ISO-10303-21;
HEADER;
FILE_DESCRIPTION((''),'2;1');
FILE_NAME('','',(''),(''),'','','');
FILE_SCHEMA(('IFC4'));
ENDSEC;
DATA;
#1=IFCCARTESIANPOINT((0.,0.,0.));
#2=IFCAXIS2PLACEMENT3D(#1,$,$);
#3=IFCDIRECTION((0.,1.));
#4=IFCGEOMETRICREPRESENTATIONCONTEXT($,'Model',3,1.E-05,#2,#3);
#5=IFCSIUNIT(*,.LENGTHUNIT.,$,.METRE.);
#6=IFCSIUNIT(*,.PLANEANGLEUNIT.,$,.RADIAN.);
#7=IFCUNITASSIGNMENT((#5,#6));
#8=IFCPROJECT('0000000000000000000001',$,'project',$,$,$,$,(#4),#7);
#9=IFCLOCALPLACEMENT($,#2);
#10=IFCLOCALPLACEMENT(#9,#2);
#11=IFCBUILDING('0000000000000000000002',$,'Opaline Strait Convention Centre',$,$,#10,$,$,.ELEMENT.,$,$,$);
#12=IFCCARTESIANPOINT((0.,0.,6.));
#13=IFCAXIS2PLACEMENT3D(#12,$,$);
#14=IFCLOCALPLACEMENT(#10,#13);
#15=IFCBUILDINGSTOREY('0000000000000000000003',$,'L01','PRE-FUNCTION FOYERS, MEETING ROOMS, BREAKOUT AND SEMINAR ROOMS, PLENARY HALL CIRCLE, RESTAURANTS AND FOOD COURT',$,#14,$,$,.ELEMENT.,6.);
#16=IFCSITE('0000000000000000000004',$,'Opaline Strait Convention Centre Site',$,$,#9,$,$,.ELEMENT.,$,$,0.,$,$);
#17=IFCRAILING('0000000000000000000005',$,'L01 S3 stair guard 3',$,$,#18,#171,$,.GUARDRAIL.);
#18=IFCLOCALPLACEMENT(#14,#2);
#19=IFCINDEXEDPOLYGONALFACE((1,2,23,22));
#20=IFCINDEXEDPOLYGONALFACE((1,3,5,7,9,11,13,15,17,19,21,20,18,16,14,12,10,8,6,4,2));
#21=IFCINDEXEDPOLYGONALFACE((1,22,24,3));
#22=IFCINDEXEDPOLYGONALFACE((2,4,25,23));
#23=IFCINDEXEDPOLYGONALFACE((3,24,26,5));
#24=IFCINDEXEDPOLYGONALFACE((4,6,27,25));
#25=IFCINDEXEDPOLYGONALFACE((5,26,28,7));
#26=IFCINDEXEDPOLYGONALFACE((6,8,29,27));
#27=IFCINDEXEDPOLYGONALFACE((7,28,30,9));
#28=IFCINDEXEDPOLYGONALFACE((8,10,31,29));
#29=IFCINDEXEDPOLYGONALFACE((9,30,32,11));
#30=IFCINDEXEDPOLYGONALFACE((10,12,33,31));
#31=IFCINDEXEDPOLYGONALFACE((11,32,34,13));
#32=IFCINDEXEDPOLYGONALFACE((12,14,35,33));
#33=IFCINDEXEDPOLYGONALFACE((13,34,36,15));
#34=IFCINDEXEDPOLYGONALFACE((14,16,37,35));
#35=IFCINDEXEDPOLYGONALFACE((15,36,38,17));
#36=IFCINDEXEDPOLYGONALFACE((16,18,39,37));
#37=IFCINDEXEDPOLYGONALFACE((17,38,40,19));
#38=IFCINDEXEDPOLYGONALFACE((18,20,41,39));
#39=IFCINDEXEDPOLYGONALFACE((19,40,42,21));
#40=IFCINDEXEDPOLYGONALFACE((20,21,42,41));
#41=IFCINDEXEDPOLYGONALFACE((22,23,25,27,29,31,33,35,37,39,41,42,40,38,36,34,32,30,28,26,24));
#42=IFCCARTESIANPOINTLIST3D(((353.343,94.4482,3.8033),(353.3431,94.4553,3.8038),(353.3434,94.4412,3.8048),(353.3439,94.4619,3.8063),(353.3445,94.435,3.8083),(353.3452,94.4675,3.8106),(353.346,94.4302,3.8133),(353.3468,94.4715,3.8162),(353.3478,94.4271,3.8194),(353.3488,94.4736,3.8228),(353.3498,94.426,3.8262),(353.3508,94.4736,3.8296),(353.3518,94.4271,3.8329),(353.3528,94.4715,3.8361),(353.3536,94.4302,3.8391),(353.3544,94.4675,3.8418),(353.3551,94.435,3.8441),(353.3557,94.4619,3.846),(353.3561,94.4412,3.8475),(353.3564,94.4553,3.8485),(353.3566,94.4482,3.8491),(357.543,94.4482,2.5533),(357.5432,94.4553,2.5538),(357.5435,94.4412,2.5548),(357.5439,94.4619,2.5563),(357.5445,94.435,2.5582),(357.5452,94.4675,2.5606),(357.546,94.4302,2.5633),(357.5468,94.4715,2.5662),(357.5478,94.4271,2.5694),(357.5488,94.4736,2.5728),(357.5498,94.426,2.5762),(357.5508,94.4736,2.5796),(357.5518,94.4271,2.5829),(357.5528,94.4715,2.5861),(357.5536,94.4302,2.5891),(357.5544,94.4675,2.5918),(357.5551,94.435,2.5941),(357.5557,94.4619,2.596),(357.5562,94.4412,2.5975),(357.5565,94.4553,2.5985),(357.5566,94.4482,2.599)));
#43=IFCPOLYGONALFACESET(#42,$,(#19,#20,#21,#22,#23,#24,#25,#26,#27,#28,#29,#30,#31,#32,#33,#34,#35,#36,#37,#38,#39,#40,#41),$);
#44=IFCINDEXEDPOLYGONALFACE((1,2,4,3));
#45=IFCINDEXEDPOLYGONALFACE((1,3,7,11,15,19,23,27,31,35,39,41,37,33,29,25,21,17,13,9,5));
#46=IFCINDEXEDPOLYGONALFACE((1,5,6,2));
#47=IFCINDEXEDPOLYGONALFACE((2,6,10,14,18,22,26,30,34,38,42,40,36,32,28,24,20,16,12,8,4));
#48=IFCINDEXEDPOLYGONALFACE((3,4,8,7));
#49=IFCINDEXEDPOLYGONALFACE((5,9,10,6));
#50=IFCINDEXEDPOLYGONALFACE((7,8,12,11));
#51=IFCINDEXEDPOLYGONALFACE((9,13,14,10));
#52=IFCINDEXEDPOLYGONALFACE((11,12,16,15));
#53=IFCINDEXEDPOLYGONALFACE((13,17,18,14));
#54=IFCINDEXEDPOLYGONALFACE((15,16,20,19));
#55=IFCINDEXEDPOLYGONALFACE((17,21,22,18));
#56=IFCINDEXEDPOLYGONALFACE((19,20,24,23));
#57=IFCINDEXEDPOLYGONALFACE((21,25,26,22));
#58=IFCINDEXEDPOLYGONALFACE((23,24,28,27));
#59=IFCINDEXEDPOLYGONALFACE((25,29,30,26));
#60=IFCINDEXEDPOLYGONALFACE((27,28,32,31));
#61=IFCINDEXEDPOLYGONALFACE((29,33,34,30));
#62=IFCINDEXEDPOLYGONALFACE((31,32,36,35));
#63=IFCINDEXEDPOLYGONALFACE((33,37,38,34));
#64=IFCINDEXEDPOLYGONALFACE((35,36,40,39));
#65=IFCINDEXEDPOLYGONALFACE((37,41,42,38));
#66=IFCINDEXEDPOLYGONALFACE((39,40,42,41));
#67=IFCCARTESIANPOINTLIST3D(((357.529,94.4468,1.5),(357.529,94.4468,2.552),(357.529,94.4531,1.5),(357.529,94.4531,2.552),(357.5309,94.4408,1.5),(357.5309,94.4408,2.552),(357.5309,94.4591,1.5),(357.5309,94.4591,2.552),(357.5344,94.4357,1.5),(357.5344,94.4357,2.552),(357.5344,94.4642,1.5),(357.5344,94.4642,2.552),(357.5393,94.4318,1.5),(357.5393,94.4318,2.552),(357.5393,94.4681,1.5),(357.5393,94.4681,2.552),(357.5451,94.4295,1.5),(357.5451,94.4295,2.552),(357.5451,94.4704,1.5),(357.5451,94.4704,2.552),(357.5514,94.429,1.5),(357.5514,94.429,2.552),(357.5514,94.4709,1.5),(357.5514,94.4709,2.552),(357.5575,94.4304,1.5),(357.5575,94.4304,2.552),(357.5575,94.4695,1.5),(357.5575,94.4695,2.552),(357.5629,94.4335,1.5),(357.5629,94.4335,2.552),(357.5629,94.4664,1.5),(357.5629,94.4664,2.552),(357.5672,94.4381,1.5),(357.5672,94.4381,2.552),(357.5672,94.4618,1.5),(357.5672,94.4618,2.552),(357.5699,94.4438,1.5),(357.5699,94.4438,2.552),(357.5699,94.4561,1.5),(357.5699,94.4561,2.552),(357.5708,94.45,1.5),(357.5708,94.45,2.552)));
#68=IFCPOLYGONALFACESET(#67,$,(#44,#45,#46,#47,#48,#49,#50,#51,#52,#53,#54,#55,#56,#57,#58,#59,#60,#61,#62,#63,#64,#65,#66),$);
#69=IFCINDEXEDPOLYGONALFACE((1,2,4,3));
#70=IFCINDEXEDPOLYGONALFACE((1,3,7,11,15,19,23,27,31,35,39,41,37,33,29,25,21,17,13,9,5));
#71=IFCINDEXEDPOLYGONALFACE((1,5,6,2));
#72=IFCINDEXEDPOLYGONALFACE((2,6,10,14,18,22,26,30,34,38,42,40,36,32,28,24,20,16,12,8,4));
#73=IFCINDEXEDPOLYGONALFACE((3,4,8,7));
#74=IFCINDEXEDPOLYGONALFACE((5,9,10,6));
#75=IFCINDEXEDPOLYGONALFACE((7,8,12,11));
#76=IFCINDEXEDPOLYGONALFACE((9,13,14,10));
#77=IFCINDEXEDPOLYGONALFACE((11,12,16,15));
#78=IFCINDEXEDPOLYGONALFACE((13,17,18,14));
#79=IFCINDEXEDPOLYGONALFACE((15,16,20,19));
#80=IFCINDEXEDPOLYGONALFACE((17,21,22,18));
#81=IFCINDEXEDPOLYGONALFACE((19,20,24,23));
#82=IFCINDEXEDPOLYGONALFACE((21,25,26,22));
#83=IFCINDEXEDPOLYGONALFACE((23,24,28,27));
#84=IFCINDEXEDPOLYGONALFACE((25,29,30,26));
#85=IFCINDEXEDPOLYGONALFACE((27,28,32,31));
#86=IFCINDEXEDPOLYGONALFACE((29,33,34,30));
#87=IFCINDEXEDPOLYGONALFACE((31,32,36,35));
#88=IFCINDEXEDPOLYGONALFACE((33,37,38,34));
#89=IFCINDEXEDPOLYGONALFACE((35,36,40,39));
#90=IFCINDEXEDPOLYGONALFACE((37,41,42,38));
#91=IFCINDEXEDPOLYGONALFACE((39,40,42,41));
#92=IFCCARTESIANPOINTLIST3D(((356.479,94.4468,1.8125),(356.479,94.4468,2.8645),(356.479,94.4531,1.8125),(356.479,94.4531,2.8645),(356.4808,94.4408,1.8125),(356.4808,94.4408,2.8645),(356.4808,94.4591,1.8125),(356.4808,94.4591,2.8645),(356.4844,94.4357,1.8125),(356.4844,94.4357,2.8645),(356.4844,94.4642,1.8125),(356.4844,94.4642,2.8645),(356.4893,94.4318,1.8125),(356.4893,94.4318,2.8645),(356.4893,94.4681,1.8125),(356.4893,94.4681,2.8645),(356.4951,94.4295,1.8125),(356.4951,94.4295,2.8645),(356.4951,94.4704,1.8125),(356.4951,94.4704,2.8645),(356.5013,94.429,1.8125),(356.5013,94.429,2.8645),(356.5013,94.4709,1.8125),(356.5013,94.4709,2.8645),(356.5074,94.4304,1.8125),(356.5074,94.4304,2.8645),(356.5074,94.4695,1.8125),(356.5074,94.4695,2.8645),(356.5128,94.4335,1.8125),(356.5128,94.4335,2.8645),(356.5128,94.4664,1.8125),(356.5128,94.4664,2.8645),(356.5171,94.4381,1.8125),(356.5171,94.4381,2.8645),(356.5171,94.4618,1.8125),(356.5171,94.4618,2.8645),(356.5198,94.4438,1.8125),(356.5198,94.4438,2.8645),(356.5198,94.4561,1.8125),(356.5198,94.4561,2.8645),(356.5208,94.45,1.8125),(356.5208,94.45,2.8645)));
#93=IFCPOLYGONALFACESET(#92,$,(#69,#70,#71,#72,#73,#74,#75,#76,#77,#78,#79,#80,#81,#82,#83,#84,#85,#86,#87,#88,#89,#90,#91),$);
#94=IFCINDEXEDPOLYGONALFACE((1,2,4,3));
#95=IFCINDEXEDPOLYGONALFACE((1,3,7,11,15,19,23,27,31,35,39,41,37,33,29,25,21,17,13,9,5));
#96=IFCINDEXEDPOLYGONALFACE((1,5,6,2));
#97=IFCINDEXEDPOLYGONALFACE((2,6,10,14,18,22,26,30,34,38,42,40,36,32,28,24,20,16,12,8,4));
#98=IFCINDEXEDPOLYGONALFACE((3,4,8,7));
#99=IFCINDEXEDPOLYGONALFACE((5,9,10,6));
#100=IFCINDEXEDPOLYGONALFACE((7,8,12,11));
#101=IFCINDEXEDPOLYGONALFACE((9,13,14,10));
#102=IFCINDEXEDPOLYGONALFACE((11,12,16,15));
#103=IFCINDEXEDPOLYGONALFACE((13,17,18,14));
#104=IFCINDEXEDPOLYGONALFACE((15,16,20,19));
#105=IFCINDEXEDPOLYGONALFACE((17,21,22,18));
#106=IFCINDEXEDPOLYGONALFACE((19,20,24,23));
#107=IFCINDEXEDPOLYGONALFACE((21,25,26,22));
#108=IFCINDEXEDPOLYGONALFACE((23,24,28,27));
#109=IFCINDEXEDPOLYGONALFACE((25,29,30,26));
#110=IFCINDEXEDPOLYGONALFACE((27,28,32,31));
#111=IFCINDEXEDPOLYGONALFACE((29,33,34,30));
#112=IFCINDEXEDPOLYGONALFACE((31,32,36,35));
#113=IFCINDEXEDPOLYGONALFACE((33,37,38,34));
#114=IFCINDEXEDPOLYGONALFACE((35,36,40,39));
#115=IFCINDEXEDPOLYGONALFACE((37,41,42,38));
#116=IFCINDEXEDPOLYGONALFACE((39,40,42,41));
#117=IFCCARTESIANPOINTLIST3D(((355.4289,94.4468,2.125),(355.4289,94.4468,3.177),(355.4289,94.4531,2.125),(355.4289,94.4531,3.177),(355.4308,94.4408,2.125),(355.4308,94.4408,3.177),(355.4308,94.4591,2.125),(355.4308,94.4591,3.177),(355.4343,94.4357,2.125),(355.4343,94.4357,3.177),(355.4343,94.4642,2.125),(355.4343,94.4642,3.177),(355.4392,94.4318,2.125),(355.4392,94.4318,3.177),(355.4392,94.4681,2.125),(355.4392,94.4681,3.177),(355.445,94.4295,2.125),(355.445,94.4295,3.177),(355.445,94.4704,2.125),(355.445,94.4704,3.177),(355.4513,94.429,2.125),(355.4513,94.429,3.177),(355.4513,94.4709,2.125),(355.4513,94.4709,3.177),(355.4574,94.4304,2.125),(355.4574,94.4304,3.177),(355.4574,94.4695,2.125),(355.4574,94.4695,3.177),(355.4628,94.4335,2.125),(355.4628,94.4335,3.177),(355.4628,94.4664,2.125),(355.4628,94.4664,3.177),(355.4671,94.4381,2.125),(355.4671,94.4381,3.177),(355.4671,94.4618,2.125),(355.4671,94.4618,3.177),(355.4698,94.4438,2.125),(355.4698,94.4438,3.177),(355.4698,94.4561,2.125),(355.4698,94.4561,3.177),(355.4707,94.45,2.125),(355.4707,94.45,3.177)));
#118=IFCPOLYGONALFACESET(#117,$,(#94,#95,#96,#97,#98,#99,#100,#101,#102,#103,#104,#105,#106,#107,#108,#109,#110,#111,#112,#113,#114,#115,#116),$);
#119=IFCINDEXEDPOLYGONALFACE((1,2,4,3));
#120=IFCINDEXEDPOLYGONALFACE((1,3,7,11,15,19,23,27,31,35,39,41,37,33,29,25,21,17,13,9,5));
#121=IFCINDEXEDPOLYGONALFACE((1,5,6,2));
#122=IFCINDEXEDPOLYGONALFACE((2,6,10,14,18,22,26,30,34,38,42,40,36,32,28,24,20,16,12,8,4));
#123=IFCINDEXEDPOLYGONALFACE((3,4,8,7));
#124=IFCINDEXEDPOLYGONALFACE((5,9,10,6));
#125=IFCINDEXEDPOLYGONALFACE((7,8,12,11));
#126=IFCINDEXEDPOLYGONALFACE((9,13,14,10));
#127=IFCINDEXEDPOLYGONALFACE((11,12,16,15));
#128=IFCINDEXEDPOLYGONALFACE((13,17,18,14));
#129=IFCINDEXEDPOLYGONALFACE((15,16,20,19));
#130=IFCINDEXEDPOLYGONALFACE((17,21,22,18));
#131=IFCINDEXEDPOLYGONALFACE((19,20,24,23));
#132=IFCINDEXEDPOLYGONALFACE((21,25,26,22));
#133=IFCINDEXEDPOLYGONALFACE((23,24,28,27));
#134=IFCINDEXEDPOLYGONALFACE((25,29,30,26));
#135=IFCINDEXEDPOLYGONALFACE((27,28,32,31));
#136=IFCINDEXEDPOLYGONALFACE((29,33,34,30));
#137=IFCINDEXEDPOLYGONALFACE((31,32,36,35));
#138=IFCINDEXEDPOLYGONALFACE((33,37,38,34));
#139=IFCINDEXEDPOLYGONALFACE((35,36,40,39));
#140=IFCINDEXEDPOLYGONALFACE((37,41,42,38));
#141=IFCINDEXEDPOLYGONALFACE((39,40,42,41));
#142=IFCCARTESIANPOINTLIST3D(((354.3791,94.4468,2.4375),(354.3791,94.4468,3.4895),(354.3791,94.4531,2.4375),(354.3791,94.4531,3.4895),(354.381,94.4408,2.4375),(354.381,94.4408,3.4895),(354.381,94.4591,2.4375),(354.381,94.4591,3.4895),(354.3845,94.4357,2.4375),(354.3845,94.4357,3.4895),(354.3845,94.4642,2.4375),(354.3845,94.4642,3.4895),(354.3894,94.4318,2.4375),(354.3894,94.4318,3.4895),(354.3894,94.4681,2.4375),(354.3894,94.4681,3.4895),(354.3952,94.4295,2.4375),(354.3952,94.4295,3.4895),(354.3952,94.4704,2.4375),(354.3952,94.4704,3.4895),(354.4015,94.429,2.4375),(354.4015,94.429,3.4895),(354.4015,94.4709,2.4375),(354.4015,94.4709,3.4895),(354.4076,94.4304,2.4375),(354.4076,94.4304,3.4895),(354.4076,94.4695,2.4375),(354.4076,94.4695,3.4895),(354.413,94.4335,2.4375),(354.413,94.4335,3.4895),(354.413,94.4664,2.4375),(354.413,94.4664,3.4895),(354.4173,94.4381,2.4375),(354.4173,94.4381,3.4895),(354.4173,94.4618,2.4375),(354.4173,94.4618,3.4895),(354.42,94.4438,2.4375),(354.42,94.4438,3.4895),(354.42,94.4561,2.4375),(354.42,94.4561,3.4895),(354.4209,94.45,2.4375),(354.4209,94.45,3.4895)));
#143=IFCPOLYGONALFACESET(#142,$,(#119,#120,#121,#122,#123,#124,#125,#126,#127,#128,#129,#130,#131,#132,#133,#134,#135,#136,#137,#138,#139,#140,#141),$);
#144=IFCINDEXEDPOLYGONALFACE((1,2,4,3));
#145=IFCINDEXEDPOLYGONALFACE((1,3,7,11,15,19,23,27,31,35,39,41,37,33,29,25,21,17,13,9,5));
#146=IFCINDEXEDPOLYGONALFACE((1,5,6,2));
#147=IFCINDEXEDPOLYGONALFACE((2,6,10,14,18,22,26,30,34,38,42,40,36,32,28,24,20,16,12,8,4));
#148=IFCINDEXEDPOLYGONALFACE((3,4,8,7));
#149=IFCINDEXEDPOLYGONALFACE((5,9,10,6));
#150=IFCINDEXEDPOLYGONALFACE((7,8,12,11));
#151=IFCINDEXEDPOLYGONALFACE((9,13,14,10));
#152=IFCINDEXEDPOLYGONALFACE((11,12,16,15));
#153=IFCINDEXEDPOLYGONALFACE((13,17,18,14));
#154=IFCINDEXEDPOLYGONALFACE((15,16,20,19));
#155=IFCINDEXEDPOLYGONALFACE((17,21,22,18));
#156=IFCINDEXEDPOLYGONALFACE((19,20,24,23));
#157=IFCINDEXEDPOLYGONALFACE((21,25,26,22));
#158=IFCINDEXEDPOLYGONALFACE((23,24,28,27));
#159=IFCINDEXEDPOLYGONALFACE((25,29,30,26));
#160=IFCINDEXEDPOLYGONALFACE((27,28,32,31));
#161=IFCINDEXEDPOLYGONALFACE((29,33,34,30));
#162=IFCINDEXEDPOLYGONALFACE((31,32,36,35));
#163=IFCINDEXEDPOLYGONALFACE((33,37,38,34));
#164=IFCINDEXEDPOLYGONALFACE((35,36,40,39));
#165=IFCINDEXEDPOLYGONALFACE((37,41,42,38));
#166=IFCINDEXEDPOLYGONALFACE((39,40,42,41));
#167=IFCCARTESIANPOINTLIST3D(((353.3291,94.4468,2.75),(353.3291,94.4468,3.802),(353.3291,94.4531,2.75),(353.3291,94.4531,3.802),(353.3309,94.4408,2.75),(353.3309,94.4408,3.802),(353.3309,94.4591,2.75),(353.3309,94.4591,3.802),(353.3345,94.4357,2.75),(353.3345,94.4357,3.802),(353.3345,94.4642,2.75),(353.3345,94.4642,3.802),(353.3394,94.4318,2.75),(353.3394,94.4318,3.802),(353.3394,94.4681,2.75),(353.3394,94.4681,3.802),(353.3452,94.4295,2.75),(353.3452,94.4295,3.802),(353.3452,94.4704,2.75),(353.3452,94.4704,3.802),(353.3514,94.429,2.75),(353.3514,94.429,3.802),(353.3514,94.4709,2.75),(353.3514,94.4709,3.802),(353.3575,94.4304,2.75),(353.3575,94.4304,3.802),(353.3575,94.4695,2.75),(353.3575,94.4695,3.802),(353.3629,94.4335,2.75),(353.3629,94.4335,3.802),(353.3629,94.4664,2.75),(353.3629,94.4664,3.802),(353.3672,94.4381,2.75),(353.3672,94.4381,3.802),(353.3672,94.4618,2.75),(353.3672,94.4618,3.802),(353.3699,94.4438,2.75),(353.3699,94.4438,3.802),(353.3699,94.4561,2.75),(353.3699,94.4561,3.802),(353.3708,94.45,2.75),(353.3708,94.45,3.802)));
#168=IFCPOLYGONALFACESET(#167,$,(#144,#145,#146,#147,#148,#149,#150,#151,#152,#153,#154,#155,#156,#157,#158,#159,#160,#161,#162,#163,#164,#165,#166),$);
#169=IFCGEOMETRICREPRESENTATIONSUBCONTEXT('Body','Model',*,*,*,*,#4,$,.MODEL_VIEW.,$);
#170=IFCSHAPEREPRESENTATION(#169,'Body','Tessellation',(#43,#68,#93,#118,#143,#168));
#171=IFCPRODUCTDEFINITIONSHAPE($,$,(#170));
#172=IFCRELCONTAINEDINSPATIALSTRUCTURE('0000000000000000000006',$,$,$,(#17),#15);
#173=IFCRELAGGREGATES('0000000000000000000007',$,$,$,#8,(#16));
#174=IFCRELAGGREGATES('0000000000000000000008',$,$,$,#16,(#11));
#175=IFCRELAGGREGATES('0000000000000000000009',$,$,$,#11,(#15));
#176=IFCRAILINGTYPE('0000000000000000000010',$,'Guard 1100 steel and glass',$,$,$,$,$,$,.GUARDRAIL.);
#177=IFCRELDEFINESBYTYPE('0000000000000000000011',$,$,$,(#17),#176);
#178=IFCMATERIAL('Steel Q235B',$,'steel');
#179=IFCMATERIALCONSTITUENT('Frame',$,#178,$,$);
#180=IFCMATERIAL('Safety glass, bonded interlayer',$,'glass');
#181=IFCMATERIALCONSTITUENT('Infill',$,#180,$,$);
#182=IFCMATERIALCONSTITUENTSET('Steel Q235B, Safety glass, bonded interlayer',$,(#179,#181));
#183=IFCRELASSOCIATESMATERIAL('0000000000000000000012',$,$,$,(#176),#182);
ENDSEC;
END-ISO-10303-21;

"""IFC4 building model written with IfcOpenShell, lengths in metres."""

from ifc_helpers import new_model, si_unit, direction, frame, origin, origin_2d, place, context, subcontext, project, spatial, circle, extrude, material, constituent, constituent_set, type_object, element, save


model = new_model("IFC4")

# Units and contexts
model_context = context("Model", 3, precision=1e-05, world=origin(), true_north=direction((0.0, 1.0)))
body_context = subcontext(model_context, "Body", "Model", "MODEL_VIEW")
ifc_project = project(units=[si_unit("LENGTHUNIT", "METRE"), si_unit("PLANEANGLEUNIT", "RADIAN")], contexts=[model_context])

# Site, building, storey
site_placement = place(None, origin())
site = spatial("IfcSite", under=ifc_project, at=site_placement, Name="Opaline Strait Convention Centre Site", CompositionType="ELEMENT", RefElevation=0.0)
building_placement = place(site_placement, origin())
building = spatial("IfcBuilding", under=site, at=building_placement, Name="Opaline Strait Convention Centre", CompositionType="ELEMENT")
storey_placement = place(building_placement, frame((0.0, 0.0, 6.0)))
storey = spatial("IfcBuildingStorey", under=building, at=storey_placement, Name="L01", Description="PRE-FUNCTION FOYERS, MEETING ROOMS, BREAKOUT AND SEMINAR ROOMS, PLENARY HALL CIRCLE, RESTAURANTS AND FOOD COURT", CompositionType="ELEMENT", Elevation=6.0)

# Shared definitions
ifc_material_1 = material(Name="Steel Q235B", Category="steel")

# Railing
ifc_constituent_1 = constituent(ifc_material_1, Name="Frame")
ifc_material_2 = material(Name="Safety glass, bonded interlayer", Category="glass")
ifc_constituent_2 = constituent(ifc_material_2, Name="Infill")
ifc_constituent_set = constituent_set(constituents=[ifc_constituent_1, ifc_constituent_2], Name="Steel Q235B, Safety glass, bonded interlayer")
railing_type = type_object("IfcRailingType", Name="Guard 1100 steel and glass", PredefinedType="GUARDRAIL", material=ifc_constituent_set)
railing_1_placement = place(storey_placement, frame((357.5498, 94.45, 1.5)))
element("IfcRailing", 1, at=railing_1_placement, inside=storey, type_object=railing_type, Name="L01 S3 stair guard 3", PredefinedType="GUARDRAIL", context=body_context, shape_type="SweptSolid", body=[
    extrude(circle(Radius=0.0239, at=origin_2d()), frame((0.0, 0.0, 1.0762), z_axis=(-0.958451, 0.0, 0.285257), x_axis=(0.0, -1.0, 0.0)), (0.0, 0.0, 1.0), 4.3821),
    extrude(circle(Radius=0.021, at=origin_2d()), origin(), (0.0, 0.0, 1.0), 1.052),
    extrude(circle(Radius=0.021, at=origin_2d()), frame((-1.05, 0.0, 0.3125)), (0.0, 0.0, 1.0), 1.052),
    extrude(circle(Radius=0.021, at=origin_2d()), frame((-2.1001, 0.0, 0.625)), (0.0, 0.0, 1.0), 1.052),
    extrude(circle(Radius=0.021, at=origin_2d()), frame((-3.1499, 0.0, 0.9375)), (0.0, 0.0, 1.0), 1.052),
    extrude(circle(Radius=0.021, at=origin_2d()), frame((-4.2, 0.0, 1.25)), (0.0, 0.0, 1.0), 1.052),
])

save(model, "model.ifc")
